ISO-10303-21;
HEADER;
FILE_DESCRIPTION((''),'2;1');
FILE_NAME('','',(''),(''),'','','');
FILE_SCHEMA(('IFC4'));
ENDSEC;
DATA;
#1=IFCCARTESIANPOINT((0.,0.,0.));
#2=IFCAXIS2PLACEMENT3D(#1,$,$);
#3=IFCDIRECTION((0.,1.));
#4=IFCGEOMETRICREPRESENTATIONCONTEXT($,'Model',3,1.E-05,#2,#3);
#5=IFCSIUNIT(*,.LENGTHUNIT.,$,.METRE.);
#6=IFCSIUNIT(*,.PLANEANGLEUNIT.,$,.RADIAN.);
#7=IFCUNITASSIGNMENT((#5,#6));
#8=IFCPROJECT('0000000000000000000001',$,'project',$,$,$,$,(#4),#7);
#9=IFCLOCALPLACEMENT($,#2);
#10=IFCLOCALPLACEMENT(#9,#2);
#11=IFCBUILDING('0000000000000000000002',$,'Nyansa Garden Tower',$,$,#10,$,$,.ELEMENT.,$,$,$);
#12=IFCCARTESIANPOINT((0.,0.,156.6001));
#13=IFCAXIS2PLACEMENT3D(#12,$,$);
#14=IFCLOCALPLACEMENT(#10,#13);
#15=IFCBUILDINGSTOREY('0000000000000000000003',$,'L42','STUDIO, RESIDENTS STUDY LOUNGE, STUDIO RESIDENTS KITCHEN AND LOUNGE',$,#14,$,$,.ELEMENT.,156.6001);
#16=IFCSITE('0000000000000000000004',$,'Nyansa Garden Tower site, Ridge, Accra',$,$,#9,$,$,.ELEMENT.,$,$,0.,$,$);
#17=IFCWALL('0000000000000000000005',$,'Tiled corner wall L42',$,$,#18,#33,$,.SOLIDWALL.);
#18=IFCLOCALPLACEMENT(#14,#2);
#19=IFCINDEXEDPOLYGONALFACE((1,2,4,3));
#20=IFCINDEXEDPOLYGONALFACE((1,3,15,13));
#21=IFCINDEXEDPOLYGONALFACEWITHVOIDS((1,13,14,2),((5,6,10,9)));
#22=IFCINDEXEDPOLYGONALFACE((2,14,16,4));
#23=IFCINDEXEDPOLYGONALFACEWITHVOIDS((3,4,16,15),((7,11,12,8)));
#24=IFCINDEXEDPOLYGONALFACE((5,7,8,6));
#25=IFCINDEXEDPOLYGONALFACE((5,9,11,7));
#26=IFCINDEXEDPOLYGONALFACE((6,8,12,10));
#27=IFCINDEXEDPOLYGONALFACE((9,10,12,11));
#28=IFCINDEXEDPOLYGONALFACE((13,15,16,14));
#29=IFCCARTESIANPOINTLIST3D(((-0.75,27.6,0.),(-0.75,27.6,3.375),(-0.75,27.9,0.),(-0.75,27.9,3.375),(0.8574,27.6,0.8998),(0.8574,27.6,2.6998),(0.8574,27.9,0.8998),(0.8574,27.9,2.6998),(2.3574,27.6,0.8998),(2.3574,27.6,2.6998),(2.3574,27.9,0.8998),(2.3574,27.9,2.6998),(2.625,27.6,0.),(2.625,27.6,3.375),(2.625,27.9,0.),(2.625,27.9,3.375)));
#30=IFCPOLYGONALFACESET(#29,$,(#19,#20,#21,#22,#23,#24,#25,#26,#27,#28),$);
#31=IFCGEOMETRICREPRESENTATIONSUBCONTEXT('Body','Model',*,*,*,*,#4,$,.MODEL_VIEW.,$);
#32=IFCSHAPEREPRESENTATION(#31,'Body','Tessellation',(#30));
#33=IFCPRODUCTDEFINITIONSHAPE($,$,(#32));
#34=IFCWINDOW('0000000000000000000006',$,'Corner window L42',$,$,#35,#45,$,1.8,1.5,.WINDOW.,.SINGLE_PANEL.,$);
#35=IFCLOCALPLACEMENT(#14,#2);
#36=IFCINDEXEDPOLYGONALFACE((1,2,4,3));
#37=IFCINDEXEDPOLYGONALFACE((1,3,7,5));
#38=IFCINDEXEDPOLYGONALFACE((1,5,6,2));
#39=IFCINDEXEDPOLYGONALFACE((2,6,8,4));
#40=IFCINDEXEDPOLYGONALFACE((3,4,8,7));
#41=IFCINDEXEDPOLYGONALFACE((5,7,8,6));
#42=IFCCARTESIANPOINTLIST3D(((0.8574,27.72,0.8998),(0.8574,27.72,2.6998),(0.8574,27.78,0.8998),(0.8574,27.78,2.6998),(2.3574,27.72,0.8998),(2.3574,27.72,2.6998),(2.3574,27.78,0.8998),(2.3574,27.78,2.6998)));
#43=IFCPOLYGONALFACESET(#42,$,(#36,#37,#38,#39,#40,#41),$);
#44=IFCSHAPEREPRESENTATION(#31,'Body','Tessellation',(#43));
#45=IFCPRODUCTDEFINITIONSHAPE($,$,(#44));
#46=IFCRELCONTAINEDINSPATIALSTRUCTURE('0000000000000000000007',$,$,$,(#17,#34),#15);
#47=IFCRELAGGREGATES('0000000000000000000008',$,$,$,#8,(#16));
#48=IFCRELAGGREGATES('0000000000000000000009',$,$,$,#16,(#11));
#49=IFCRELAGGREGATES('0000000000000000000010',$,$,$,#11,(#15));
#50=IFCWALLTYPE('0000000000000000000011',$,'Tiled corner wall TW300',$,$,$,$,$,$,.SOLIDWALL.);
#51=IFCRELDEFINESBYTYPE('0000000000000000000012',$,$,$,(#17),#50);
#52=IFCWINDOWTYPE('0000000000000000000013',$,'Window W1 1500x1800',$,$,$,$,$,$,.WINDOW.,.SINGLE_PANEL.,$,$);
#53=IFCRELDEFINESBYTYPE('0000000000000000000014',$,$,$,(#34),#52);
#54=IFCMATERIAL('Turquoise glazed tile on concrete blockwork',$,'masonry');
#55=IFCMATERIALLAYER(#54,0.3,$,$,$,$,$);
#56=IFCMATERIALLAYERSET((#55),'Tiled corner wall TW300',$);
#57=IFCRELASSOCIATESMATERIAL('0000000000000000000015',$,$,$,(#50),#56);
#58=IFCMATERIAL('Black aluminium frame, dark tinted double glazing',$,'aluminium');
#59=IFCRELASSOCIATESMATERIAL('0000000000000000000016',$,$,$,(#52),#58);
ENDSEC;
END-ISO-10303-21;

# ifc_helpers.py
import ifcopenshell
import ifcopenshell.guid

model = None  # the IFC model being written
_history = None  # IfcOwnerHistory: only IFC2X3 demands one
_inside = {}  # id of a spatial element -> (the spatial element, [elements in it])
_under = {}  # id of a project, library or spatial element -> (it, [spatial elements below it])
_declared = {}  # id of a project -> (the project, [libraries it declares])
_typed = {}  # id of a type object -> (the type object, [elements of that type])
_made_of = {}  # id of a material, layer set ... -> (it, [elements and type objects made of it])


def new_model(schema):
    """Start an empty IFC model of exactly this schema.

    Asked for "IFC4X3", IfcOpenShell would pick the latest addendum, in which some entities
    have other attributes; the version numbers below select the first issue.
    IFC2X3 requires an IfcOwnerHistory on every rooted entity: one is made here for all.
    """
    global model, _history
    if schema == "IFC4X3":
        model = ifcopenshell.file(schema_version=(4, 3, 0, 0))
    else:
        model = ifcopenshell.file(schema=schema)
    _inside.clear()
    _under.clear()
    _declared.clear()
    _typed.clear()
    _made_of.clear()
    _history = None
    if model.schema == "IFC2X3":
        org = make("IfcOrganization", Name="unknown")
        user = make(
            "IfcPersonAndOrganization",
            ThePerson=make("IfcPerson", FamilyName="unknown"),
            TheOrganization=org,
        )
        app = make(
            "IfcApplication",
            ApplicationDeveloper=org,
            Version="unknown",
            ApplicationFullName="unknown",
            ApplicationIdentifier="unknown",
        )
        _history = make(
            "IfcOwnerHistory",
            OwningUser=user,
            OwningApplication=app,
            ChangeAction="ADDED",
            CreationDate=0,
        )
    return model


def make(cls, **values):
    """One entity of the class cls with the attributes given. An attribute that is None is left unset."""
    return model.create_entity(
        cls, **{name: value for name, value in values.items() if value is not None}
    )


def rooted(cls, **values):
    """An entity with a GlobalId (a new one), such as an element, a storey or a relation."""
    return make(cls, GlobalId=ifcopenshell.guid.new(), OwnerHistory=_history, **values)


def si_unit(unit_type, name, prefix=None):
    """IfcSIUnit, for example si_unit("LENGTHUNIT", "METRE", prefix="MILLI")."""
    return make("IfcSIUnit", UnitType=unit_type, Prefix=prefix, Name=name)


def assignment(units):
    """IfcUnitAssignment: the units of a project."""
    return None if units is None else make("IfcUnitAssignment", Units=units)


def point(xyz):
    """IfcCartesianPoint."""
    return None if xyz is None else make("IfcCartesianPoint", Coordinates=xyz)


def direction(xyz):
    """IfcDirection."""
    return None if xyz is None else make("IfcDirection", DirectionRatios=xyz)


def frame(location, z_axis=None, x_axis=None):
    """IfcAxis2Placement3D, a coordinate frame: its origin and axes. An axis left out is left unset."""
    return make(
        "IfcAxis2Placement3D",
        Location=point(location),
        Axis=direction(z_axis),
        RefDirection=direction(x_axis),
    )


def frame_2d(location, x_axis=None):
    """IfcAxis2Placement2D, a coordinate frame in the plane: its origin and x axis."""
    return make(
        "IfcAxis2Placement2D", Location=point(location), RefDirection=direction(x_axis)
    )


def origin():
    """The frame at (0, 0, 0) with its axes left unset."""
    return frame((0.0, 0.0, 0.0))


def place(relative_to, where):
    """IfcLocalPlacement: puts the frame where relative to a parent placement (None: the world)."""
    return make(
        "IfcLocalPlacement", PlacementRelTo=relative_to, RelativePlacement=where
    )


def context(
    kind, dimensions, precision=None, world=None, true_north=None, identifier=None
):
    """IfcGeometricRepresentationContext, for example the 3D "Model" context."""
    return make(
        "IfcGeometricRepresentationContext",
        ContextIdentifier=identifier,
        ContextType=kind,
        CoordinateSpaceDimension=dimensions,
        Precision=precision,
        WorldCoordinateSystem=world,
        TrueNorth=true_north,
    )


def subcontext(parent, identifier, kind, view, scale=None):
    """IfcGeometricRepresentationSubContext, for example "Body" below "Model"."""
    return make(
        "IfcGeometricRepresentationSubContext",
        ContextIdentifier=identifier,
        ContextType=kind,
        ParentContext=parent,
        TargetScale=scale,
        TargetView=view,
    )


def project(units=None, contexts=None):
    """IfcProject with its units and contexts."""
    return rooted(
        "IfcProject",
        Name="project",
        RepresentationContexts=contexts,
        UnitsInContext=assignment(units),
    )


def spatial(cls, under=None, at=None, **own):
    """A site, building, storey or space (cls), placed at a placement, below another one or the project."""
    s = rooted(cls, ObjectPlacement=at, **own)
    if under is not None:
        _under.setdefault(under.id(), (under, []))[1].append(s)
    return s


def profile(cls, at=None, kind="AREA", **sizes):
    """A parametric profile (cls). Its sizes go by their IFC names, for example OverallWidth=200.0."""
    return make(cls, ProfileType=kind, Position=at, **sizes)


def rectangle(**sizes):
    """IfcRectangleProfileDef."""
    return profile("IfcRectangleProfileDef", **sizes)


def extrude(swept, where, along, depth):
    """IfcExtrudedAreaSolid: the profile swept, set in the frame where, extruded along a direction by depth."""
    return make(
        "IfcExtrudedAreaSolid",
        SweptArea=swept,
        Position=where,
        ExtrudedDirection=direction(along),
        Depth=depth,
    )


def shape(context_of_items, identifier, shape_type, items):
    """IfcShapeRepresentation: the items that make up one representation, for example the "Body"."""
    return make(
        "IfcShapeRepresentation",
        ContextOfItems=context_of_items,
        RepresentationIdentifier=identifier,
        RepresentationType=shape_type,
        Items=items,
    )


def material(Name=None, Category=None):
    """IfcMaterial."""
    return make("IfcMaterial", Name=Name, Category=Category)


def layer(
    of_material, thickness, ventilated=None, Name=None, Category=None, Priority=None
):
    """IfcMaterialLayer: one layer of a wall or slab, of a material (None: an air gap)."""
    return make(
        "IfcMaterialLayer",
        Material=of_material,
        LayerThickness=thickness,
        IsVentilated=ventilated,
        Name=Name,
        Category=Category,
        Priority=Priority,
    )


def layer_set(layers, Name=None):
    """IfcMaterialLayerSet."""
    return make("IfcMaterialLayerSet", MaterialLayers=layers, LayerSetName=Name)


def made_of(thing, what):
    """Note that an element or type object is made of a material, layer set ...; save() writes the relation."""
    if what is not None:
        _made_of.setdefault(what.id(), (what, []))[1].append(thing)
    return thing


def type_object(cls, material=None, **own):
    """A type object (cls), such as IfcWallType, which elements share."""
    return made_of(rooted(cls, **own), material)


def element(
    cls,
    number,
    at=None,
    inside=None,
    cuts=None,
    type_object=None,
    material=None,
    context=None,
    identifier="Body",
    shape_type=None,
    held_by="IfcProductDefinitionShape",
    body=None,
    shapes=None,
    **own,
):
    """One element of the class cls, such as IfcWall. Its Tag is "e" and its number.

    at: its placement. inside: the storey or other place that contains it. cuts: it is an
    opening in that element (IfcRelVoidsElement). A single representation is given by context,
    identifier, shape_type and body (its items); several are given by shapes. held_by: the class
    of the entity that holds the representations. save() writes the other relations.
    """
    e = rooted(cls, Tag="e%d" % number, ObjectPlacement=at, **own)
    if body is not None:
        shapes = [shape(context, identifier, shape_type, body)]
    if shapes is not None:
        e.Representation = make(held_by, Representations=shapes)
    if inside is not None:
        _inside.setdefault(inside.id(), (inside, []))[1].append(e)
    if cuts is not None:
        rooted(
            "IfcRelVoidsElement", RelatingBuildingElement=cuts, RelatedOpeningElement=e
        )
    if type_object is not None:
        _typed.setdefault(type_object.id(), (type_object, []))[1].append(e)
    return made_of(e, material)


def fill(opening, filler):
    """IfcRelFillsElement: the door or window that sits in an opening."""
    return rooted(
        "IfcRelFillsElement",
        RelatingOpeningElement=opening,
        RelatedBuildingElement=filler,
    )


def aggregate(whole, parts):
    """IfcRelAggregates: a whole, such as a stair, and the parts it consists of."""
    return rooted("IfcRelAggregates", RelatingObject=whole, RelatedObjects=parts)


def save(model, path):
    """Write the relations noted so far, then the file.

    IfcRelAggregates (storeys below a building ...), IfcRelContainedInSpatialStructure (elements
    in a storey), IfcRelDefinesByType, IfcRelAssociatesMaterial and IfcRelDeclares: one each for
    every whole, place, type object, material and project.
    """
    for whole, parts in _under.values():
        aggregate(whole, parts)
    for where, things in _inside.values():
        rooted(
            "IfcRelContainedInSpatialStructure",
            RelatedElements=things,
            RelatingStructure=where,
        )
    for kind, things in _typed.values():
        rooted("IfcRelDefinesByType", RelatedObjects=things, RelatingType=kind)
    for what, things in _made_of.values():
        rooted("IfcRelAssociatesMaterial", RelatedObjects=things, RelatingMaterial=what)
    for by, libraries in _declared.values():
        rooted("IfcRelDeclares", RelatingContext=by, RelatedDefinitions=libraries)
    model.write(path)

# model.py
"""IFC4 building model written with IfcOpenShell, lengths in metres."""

from ifc_helpers import new_model, si_unit, direction, frame, frame_2d, origin, place, context, subcontext, project, spatial, rectangle, extrude, material, layer, layer_set, type_object, element, fill, save


model = new_model("IFC4")

# Units and contexts
model_context = context("Model", 3, precision=1e-05, world=origin(), true_north=direction((0.0, 1.0)))
body_context = subcontext(model_context, "Body", "Model", "MODEL_VIEW")
ifc_project = project(units=[si_unit("LENGTHUNIT", "METRE"), si_unit("PLANEANGLEUNIT", "RADIAN")], contexts=[model_context])

# Site, building, storey
site_placement = place(None, origin())
site = spatial("IfcSite", under=ifc_project, at=site_placement, Name="Nyansa Garden Tower site, Ridge, Accra", CompositionType="ELEMENT", RefElevation=0.0)
building_placement = place(site_placement, origin())
building = spatial("IfcBuilding", under=site, at=building_placement, Name="Nyansa Garden Tower", CompositionType="ELEMENT")
storey_placement = place(building_placement, frame((0.0, 0.0, 156.6001)))
storey = spatial("IfcBuildingStorey", under=building, at=storey_placement, Name="L42", Description="STUDIO, RESIDENTS STUDY LOUNGE, STUDIO RESIDENTS KITCHEN AND LOUNGE", CompositionType="ELEMENT", Elevation=156.6001)

# Wall, opening, window
ifc_material_1 = material(Name="Turquoise glazed tile on concrete blockwork", Category="masonry")
ifc_layer_1 = layer(ifc_material_1, 0.3)
ifc_layer_set_1 = layer_set([ifc_layer_1], Name="Tiled corner wall TW300")
wall_type_1 = type_object("IfcWallType", Name="Tiled corner wall TW300", PredefinedType="SOLIDWALL", material=ifc_layer_set_1)
ifc_material_2 = material(Name="Black aluminium frame, dark tinted double glazing", Category="aluminium")
window_type_1 = type_object("IfcWindowType", Name="Window W1 1500x1800", PartitioningType="SINGLE_PANEL", PredefinedType="WINDOW", material=ifc_material_2)
wall_1_placement = place(storey_placement, frame((2.625, 27.75, 0.0), z_axis=(0.0, 0.0, 1.0), x_axis=(-1.0, 0.0, 0.0)))
wall_1 = element("IfcWall", 1, at=wall_1_placement, inside=storey, type_object=wall_type_1, Name="Tiled corner wall L42", PredefinedType="SOLIDWALL", context=body_context, shape_type="SweptSolid", body=[
    extrude(rectangle(XDim=3.375, YDim=0.3, at=frame_2d((1.6875, 0.0))), origin(), (0.0, 0.0, 1.0), 3.375),
])
opening_1_placement = place(wall_1_placement, frame((0.2676, 0.0, 0.8999)))
opening_1 = element("IfcOpeningElement", 2, at=opening_1_placement, cuts=wall_1, PredefinedType="OPENING", context=body_context, shape_type="SweptSolid", body=[
    extrude(rectangle(XDim=1.5, YDim=1.8, at=frame_2d((0.75, 0.8999))), frame((0.0, 0.1599, 0.0), z_axis=(0.0, -1.0, 0.0), x_axis=(1.0, 0.0, 0.0)), (0.0, 0.0, 1.0), 0.3201),
])
window_1_placement = place(opening_1_placement, origin())
window_1 = element("IfcWindow", 3, at=window_1_placement, inside=storey, type_object=window_type_1, Name="Corner window L42", OverallHeight=1.8, OverallWidth=1.5, PartitioningType="SINGLE_PANEL", PredefinedType="WINDOW", context=body_context, shape_type="SweptSolid", body=[
    extrude(rectangle(XDim=1.5, YDim=1.8, at=frame_2d((0.75, 0.8999))), frame((0.0, 0.03, 0.0), z_axis=(0.0, -1.0, 0.0), x_axis=(1.0, 0.0, 0.0)), (0.0, 0.0, 1.0), 0.0601),
])
fill(opening_1, window_1)

save(model, "model.ifc")
